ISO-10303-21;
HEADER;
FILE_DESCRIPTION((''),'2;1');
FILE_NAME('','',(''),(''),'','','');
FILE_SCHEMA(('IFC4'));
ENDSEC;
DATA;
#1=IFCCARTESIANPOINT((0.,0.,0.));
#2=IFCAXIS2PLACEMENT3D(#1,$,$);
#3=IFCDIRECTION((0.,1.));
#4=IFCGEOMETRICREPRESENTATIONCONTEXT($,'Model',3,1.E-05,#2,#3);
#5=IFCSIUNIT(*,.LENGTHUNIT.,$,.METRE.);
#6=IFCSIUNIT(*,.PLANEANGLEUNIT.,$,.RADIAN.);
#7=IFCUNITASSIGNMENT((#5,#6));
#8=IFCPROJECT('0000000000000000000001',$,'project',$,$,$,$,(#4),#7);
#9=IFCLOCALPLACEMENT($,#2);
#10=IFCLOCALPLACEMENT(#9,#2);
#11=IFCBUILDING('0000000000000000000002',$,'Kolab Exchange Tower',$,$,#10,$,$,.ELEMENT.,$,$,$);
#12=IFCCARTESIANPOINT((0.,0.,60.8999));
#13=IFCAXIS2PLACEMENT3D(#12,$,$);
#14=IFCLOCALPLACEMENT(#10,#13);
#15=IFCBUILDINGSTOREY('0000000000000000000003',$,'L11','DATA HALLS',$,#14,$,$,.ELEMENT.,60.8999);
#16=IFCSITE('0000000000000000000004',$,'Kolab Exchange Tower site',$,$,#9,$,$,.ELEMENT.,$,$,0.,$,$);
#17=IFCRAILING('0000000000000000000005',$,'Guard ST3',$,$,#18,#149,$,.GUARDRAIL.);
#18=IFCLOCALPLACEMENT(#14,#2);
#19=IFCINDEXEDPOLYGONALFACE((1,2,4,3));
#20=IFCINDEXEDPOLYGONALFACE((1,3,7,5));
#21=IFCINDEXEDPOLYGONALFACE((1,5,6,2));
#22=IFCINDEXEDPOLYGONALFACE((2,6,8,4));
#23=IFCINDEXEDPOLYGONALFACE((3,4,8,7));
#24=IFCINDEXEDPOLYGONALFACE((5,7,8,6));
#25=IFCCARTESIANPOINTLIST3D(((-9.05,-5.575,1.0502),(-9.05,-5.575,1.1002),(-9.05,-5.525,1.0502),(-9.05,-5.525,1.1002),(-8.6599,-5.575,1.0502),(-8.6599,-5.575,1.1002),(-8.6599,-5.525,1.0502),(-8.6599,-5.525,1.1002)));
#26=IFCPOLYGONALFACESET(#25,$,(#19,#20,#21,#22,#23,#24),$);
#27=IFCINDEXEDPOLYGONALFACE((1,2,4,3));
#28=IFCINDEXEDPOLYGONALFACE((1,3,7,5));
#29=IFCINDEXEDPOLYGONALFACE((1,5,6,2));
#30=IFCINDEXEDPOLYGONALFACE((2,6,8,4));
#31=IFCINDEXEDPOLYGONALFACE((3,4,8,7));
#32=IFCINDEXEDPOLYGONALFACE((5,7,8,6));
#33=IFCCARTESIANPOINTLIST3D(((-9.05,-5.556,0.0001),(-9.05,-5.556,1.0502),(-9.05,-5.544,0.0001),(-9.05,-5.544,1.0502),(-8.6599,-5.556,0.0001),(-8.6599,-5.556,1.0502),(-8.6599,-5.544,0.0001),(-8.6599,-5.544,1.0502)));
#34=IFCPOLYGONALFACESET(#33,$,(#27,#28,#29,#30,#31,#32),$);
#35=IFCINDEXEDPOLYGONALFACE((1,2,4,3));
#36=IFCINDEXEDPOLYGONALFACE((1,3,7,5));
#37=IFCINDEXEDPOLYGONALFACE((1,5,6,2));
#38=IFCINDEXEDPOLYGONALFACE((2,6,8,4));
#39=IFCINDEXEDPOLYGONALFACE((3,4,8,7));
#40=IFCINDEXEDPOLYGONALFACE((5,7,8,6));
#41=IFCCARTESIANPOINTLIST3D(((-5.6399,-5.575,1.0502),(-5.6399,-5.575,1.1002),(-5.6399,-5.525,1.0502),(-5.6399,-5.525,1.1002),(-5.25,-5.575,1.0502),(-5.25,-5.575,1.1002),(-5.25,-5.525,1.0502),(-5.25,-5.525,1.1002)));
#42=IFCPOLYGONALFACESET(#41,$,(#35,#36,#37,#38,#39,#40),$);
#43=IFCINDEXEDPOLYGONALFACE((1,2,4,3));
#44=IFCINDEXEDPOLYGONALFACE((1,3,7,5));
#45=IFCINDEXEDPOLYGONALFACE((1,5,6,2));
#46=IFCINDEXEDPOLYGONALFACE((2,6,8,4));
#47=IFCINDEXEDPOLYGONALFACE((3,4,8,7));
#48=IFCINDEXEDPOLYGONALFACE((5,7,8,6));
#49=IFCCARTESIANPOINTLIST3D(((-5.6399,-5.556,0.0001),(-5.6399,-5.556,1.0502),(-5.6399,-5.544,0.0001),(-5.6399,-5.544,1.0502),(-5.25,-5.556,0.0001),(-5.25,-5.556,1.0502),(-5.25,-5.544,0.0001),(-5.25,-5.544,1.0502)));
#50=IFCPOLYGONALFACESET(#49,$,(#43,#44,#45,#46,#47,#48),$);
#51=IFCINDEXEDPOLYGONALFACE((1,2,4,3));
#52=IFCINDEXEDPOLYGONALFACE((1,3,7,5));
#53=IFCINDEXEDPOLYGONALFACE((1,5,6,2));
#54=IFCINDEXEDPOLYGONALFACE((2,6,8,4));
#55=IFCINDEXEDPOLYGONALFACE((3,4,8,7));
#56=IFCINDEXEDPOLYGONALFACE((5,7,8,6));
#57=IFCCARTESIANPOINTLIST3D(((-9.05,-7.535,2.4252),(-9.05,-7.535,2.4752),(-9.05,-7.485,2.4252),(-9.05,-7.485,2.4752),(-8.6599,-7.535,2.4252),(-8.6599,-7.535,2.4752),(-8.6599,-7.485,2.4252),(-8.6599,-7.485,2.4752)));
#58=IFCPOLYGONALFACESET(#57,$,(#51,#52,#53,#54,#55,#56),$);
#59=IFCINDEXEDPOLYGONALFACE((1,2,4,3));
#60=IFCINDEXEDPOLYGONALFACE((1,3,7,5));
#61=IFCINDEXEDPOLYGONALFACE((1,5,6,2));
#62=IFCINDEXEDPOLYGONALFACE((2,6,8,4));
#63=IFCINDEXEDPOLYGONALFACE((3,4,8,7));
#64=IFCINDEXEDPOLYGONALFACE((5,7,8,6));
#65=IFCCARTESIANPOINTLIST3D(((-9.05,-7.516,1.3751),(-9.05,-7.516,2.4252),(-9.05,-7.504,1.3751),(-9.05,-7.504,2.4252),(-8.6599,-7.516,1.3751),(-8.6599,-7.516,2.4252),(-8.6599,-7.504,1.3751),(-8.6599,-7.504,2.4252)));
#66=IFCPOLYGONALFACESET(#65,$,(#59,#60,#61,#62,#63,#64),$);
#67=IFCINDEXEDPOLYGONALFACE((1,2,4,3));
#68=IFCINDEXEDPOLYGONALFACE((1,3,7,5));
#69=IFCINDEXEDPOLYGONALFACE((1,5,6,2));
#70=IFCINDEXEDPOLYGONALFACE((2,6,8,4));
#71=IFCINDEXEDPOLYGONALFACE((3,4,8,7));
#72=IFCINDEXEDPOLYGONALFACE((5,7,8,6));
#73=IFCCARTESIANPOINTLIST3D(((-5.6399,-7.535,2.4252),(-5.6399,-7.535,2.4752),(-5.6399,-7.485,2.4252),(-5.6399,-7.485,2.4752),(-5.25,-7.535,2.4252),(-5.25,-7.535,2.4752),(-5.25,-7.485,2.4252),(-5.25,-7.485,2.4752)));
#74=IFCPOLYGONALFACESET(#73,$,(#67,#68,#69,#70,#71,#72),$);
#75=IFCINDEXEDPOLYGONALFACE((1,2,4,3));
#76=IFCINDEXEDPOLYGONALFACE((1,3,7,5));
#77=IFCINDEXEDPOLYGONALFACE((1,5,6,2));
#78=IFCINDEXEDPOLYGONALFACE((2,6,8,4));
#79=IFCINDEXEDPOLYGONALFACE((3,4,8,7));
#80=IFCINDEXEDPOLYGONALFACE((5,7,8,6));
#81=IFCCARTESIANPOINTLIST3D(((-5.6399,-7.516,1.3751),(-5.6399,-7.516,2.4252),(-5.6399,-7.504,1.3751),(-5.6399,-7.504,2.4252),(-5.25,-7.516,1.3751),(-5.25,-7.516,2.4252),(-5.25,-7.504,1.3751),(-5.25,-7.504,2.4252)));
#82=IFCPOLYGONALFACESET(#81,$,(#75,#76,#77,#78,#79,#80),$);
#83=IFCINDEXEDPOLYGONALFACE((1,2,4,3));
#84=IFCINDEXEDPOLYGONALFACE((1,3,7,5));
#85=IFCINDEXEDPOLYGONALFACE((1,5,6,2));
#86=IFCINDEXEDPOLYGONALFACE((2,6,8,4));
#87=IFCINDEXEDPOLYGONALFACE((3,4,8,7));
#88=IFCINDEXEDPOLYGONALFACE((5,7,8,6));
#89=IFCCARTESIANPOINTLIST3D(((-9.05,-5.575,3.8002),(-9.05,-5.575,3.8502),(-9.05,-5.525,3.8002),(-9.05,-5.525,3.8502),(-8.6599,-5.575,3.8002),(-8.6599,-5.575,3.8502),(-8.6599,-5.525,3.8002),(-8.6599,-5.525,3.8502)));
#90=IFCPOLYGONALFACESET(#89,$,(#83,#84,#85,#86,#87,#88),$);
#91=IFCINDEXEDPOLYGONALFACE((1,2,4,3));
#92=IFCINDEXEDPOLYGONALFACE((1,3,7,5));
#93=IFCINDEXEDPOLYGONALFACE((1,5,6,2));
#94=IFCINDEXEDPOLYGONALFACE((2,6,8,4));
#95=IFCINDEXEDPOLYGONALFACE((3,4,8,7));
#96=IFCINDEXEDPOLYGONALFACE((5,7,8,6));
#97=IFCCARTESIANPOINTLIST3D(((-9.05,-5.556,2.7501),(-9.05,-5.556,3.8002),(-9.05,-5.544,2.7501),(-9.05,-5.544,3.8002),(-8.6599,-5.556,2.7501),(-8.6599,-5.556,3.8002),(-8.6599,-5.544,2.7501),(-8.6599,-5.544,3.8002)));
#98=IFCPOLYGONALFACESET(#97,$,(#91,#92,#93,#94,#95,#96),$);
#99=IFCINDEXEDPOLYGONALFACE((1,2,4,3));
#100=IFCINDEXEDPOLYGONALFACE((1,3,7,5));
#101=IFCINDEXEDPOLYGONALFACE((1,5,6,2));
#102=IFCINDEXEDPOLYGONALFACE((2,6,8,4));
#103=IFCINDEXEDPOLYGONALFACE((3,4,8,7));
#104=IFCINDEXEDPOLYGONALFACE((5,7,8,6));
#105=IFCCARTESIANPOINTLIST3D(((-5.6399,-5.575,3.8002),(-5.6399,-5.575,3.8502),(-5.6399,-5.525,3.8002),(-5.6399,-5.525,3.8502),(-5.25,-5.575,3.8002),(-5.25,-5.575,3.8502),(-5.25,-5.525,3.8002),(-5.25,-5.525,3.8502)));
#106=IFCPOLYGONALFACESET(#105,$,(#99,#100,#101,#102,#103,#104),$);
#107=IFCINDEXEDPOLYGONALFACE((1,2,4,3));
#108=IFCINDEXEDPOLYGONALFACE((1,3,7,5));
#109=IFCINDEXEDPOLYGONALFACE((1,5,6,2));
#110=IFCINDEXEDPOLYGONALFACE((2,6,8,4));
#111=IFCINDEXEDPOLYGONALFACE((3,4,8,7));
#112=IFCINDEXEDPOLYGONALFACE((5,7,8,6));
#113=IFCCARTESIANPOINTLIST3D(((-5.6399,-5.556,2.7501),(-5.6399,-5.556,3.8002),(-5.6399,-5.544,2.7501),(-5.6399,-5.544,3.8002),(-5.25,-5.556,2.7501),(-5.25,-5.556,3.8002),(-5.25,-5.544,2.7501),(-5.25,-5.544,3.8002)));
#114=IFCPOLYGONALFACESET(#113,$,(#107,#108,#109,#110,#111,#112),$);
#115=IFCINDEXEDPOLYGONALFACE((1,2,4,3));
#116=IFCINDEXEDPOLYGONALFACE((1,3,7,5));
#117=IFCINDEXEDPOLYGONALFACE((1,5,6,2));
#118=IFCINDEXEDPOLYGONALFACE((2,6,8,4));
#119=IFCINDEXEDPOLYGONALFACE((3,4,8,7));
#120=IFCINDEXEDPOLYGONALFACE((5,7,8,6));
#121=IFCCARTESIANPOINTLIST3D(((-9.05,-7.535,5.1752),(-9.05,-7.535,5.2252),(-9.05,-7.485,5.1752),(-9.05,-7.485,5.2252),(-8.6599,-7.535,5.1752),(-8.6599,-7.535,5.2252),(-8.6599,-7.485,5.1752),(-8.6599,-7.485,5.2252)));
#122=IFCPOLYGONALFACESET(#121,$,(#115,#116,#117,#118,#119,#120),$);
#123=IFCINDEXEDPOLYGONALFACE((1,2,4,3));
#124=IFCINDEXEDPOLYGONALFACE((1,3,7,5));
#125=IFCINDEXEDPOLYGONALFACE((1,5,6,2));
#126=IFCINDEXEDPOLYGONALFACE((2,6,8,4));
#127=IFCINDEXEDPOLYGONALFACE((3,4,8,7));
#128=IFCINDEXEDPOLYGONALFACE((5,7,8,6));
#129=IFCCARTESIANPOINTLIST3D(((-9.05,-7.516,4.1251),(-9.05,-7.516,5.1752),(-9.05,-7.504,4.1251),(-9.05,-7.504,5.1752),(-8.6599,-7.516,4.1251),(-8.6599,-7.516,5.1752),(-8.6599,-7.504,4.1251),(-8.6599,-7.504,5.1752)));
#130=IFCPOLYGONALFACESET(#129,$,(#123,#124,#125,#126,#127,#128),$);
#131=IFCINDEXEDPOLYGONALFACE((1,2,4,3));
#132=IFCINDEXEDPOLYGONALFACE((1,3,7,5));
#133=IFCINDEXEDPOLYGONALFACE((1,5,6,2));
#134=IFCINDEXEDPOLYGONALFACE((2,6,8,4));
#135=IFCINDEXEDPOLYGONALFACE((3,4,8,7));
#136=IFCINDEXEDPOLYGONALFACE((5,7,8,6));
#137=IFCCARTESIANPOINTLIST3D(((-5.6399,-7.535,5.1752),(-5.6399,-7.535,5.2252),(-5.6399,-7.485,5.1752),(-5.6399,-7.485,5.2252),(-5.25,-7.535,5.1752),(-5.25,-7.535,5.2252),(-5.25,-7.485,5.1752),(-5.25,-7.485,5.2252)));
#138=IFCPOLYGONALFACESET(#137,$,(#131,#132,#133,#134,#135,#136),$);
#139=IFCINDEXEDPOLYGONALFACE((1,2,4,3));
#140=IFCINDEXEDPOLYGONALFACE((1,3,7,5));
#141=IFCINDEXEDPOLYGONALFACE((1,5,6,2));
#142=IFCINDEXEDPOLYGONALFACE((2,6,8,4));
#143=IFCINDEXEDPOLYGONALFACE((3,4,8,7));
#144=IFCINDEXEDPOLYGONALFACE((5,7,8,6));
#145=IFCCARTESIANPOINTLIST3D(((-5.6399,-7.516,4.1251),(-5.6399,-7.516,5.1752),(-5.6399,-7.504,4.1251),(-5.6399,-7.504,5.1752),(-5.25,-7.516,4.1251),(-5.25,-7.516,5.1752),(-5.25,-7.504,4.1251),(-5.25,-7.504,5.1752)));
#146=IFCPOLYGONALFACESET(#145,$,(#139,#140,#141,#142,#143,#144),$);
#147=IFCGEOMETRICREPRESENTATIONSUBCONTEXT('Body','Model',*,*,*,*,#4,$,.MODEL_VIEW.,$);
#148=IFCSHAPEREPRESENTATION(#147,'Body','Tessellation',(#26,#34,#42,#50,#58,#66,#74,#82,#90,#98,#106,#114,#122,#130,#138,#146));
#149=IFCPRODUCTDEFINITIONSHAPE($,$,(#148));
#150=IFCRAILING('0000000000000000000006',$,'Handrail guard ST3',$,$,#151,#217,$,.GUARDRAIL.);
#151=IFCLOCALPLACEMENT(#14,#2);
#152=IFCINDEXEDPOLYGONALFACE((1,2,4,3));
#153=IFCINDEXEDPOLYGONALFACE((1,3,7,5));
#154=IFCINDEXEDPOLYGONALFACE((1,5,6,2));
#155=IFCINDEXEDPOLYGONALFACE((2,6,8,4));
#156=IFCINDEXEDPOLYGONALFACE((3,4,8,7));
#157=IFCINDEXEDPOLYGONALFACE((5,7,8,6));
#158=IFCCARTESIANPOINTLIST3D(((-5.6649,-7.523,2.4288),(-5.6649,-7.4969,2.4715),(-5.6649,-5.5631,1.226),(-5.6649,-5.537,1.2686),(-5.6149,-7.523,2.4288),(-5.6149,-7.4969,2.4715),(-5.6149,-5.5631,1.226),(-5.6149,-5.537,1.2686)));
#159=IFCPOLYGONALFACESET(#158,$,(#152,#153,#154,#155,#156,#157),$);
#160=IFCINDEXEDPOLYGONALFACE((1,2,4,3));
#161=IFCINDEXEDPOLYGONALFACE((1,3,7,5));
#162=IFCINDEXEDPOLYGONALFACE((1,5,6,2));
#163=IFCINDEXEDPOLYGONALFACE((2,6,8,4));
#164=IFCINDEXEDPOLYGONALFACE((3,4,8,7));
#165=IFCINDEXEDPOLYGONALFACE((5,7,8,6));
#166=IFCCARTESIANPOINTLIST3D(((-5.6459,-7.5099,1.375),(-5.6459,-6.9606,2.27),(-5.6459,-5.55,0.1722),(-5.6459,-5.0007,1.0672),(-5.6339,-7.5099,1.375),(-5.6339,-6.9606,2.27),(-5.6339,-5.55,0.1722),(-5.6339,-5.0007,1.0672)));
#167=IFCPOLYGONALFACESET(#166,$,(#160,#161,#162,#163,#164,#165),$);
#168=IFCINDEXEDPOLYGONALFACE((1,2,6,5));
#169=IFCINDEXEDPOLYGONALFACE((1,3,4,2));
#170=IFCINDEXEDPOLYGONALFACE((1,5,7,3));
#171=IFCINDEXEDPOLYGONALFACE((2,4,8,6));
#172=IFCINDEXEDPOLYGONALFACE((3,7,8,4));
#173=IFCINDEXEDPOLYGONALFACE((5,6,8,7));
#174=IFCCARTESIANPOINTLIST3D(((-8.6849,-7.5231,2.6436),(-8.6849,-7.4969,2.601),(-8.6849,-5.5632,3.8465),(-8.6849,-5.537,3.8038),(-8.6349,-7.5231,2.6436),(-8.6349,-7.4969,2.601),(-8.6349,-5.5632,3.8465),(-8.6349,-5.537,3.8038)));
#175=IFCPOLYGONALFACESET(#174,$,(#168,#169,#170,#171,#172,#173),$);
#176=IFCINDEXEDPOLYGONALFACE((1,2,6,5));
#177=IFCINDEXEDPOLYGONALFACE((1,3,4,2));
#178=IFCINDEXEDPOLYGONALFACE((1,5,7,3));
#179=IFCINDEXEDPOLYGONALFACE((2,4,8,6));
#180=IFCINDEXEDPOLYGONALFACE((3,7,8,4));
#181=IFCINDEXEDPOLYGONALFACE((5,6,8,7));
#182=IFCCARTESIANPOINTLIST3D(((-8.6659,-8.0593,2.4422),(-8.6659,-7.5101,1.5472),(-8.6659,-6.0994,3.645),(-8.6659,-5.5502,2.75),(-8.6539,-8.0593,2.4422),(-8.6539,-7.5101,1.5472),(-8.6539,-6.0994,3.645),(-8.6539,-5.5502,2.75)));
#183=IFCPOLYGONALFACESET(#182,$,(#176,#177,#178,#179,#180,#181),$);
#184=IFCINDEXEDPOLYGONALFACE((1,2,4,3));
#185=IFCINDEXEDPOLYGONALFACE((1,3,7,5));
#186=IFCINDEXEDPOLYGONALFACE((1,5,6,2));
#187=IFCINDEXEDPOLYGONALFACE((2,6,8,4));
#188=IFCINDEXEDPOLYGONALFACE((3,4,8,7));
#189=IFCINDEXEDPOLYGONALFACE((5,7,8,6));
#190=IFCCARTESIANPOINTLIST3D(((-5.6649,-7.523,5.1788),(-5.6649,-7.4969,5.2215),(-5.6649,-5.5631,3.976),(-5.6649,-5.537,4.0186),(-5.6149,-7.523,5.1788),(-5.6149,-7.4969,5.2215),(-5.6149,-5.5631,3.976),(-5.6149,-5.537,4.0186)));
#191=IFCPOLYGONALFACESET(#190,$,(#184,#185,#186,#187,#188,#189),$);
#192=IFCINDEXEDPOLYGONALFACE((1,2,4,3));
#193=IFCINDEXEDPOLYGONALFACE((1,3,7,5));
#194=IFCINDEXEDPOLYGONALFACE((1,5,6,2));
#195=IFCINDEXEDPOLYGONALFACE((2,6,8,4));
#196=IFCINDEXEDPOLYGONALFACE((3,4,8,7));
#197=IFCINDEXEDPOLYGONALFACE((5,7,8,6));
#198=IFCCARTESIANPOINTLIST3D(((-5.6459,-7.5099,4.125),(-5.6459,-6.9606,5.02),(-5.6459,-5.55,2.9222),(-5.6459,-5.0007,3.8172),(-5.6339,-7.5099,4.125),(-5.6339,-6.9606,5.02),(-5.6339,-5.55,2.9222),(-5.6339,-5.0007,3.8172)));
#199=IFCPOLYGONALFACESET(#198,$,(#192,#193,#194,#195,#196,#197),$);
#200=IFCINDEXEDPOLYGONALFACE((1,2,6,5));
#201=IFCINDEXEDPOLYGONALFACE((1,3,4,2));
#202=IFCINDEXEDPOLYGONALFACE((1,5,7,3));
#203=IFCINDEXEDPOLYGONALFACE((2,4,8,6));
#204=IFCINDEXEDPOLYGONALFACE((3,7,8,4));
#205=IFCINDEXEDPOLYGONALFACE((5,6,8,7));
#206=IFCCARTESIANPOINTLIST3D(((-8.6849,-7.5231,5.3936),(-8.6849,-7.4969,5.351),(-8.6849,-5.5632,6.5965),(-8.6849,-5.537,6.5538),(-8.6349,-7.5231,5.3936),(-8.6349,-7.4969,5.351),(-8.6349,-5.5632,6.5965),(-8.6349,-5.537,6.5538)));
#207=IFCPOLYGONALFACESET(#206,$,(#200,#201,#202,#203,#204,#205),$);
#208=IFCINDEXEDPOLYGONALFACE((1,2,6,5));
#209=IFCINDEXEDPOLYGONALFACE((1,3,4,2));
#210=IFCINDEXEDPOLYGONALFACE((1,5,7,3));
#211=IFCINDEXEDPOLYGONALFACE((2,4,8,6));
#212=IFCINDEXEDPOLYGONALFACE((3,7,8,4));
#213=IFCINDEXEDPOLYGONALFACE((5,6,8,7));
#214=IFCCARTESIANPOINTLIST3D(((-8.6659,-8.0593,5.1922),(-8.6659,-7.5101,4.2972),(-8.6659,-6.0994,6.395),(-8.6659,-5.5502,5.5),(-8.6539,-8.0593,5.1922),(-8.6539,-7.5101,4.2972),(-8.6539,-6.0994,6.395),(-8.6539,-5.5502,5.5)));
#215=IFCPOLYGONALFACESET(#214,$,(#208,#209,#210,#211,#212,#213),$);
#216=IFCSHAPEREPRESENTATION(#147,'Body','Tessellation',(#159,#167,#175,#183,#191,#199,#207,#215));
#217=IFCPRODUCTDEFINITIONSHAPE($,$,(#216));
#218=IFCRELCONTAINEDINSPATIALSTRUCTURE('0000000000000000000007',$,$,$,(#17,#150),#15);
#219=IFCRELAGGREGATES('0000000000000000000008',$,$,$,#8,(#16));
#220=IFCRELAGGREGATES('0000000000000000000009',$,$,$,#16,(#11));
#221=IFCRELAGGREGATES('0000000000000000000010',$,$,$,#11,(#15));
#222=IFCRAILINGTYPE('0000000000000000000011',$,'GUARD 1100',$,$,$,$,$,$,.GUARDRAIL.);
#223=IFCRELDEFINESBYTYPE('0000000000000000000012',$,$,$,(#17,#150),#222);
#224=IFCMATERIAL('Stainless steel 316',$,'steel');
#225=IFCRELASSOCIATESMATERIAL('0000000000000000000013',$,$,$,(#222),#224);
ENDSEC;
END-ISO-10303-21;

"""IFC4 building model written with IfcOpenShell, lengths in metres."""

from ifc_helpers import new_model, si_unit, direction, frame, frame_2d, origin, origin_2d, place, context, subcontext, project, spatial, rectangle, extrude, material, type_object, element, save


model = new_model("IFC4")

# Units and contexts
model_context = context("Model", 3, precision=1e-05, world=origin(), true_north=direction((0.0, 1.0)))
body_context = subcontext(model_context, "Body", "Model", "MODEL_VIEW")
ifc_project = project(units=[si_unit("LENGTHUNIT", "METRE"), si_unit("PLANEANGLEUNIT", "RADIAN")], contexts=[model_context])

# Site, building, storey
site_placement = place(None, origin())
site = spatial("IfcSite", under=ifc_project, at=site_placement, Name="Kolab Exchange Tower site", CompositionType="ELEMENT", RefElevation=0.0)
building_placement = place(site_placement, origin())
building = spatial("IfcBuilding", under=site, at=building_placement, Name="Kolab Exchange Tower", CompositionType="ELEMENT")
storey_placement = place(building_placement, frame((0.0, 0.0, 60.8999)))
storey = spatial("IfcBuildingStorey", under=building, at=storey_placement, Name="L11", Description="DATA HALLS", CompositionType="ELEMENT", Elevation=60.8999)

# Shared definitions
ifc_material_1 = material(Name="Stainless steel 316", Category="steel")

# Railings
railing_type = type_object("IfcRailingType", Name="GUARD 1100", PredefinedType="GUARDRAIL", material=ifc_material_1)
railing_1_placement = place(storey_placement, frame((-9.05, -5.55, 0.0)))
element("IfcRailing", 1, at=railing_1_placement, inside=storey, type_object=railing_type, Name="Guard ST3", PredefinedType="GUARDRAIL", context=body_context, shape_type="SweptSolid", body=[
    extrude(rectangle(XDim=0.05, YDim=0.05, at=origin_2d()), frame((0.0, 0.0, 1.0752), z_axis=(1.0, 0.0, 0.0), x_axis=(0.0, 1.0, 0.0)), (0.0, 0.0, 1.0), 0.3901),
    extrude(rectangle(XDim=0.012, YDim=1.0501, at=frame_2d((0.0, 0.5251))), frame((0.0, 0.0, 0.0), z_axis=(1.0, 0.0, 0.0), x_axis=(0.0, 1.0, 0.0)), (0.0, 0.0, 1.0), 0.3901),
    extrude(rectangle(XDim=0.05, YDim=0.05, at=origin_2d()), frame((3.4102, 0.0, 1.0752), z_axis=(1.0, 0.0, 0.0), x_axis=(0.0, 1.0, 0.0)), (0.0, 0.0, 1.0), 0.3899),
    extrude(rectangle(XDim=0.012, YDim=1.0501, at=frame_2d((0.0, 0.5251))), frame((3.4102, 0.0, 0.0), z_axis=(1.0, 0.0, 0.0), x_axis=(0.0, 1.0, 0.0)), (0.0, 0.0, 1.0), 0.3899),
    extrude(rectangle(XDim=0.05, YDim=0.05, at=origin_2d()), frame((0.0, -1.96, 2.4502), z_axis=(1.0, 0.0, 0.0), x_axis=(0.0, 1.0, 0.0)), (0.0, 0.0, 1.0), 0.3901),
    extrude(rectangle(XDim=0.012, YDim=1.0501, at=frame_2d((0.0, 0.5251))), frame((0.0, -1.96, 1.375), z_axis=(1.0, 0.0, 0.0), x_axis=(0.0, 1.0, 0.0)), (0.0, 0.0, 1.0), 0.3901),
    extrude(rectangle(XDim=0.05, YDim=0.05, at=origin_2d()), frame((3.4102, -1.96, 2.4502), z_axis=(1.0, 0.0, 0.0), x_axis=(0.0, 1.0, 0.0)), (0.0, 0.0, 1.0), 0.3899),
    extrude(rectangle(XDim=0.012, YDim=1.0501, at=frame_2d((0.0, 0.5251))), frame((3.4102, -1.96, 1.375), z_axis=(1.0, 0.0, 0.0), x_axis=(0.0, 1.0, 0.0)), (0.0, 0.0, 1.0), 0.3899),
    extrude(rectangle(XDim=0.05, YDim=0.05, at=origin_2d()), frame((0.0, 0.0, 3.8252), z_axis=(1.0, 0.0, 0.0), x_axis=(0.0, 1.0, 0.0)), (0.0, 0.0, 1.0), 0.3901),
    extrude(rectangle(XDim=0.012, YDim=1.0501, at=frame_2d((0.0, 0.5251))), frame((0.0, 0.0, 2.75), z_axis=(1.0, 0.0, 0.0), x_axis=(0.0, 1.0, 0.0)), (0.0, 0.0, 1.0), 0.3901),
    extrude(rectangle(XDim=0.05, YDim=0.05, at=origin_2d()), frame((3.4102, 0.0, 3.8252), z_axis=(1.0, 0.0, 0.0), x_axis=(0.0, 1.0, 0.0)), (0.0, 0.0, 1.0), 0.3899),
    extrude(rectangle(XDim=0.012, YDim=1.0501, at=frame_2d((0.0, 0.5251))), frame((3.4102, 0.0, 2.75), z_axis=(1.0, 0.0, 0.0), x_axis=(0.0, 1.0, 0.0)), (0.0, 0.0, 1.0), 0.3899),
    extrude(rectangle(XDim=0.05, YDim=0.05, at=origin_2d()), frame((0.0, -1.96, 5.2002), z_axis=(1.0, 0.0, 0.0), x_axis=(0.0, 1.0, 0.0)), (0.0, 0.0, 1.0), 0.3901),
    extrude(rectangle(XDim=0.012, YDim=1.0501, at=frame_2d((0.0, 0.5251))), frame((0.0, -1.96, 4.125), z_axis=(1.0, 0.0, 0.0), x_axis=(0.0, 1.0, 0.0)), (0.0, 0.0, 1.0), 0.3901),
    extrude(rectangle(XDim=0.05, YDim=0.05, at=origin_2d()), frame((3.4102, -1.96, 5.2002), z_axis=(1.0, 0.0, 0.0), x_axis=(0.0, 1.0, 0.0)), (0.0, 0.0, 1.0), 0.3899),
    extrude(rectangle(XDim=0.012, YDim=1.0501, at=frame_2d((0.0, 0.5251))), frame((3.4102, -1.96, 4.125), z_axis=(1.0, 0.0, 0.0), x_axis=(0.0, 1.0, 0.0)), (0.0, 0.0, 1.0), 0.3899),
])
railing_2_placement = place(storey_placement, frame((-5.6399, -5.55, 0.1721)))
element("IfcRailing", 2, at=railing_2_placement, inside=storey, type_object=railing_type, Name="Handrail guard ST3", PredefinedType="GUARDRAIL", context=body_context, shape_type="SweptSolid", body=[
    extrude(rectangle(XDim=0.05, YDim=0.05, at=origin_2d()), frame((0.0, 0.0, 1.0752), z_axis=(0.0, -0.852288, 0.523072), x_axis=(1.0, 0.0, 0.0)), (0.0, 0.0, 1.0), 2.2996),
    extrude(rectangle(XDim=0.012, YDim=1.0501, at=frame_2d((0.0, 0.5251))), frame((0.0, 0.0, 0.0), z_axis=(0.0, -0.852288, 0.523072), x_axis=(1.0, 0.0, 0.0)), (0.0, 0.0, 1.0), 2.2996),
    extrude(rectangle(XDim=0.05, YDim=0.05, at=origin_2d()), frame((-3.02, -1.96, 2.4502), z_axis=(0.0, 0.852288, 0.523072), x_axis=(-1.0, 0.0, 0.0)), (0.0, 0.0, 1.0), 2.2996),
    extrude(rectangle(XDim=0.012, YDim=1.0501, at=frame_2d((0.0, 0.5251))), frame((-3.02, -1.96, 1.375), z_axis=(0.0, 0.852288, 0.523072), x_axis=(-1.0, 0.0, 0.0)), (0.0, 0.0, 1.0), 2.2996),
    extrude(rectangle(XDim=0.05, YDim=0.05, at=origin_2d()), frame((0.0, 0.0, 3.8252), z_axis=(0.0, -0.852288, 0.523072), x_axis=(1.0, 0.0, 0.0)), (0.0, 0.0, 1.0), 2.2996),
    extrude(rectangle(XDim=0.012, YDim=1.0501, at=frame_2d((0.0, 0.5251))), frame((0.0, 0.0, 2.75), z_axis=(0.0, -0.852288, 0.523072), x_axis=(1.0, 0.0, 0.0)), (0.0, 0.0, 1.0), 2.2996),
    extrude(rectangle(XDim=0.05, YDim=0.05, at=origin_2d()), frame((-3.02, -1.96, 5.2002), z_axis=(0.0, 0.852288, 0.523072), x_axis=(-1.0, 0.0, 0.0)), (0.0, 0.0, 1.0), 2.2996),
    extrude(rectangle(XDim=0.012, YDim=1.0501, at=frame_2d((0.0, 0.5251))), frame((-3.02, -1.96, 4.125), z_axis=(0.0, 0.852288, 0.523072), x_axis=(-1.0, 0.0, 0.0)), (0.0, 0.0, 1.0), 2.2996),
])

save(model, "model.ifc")
